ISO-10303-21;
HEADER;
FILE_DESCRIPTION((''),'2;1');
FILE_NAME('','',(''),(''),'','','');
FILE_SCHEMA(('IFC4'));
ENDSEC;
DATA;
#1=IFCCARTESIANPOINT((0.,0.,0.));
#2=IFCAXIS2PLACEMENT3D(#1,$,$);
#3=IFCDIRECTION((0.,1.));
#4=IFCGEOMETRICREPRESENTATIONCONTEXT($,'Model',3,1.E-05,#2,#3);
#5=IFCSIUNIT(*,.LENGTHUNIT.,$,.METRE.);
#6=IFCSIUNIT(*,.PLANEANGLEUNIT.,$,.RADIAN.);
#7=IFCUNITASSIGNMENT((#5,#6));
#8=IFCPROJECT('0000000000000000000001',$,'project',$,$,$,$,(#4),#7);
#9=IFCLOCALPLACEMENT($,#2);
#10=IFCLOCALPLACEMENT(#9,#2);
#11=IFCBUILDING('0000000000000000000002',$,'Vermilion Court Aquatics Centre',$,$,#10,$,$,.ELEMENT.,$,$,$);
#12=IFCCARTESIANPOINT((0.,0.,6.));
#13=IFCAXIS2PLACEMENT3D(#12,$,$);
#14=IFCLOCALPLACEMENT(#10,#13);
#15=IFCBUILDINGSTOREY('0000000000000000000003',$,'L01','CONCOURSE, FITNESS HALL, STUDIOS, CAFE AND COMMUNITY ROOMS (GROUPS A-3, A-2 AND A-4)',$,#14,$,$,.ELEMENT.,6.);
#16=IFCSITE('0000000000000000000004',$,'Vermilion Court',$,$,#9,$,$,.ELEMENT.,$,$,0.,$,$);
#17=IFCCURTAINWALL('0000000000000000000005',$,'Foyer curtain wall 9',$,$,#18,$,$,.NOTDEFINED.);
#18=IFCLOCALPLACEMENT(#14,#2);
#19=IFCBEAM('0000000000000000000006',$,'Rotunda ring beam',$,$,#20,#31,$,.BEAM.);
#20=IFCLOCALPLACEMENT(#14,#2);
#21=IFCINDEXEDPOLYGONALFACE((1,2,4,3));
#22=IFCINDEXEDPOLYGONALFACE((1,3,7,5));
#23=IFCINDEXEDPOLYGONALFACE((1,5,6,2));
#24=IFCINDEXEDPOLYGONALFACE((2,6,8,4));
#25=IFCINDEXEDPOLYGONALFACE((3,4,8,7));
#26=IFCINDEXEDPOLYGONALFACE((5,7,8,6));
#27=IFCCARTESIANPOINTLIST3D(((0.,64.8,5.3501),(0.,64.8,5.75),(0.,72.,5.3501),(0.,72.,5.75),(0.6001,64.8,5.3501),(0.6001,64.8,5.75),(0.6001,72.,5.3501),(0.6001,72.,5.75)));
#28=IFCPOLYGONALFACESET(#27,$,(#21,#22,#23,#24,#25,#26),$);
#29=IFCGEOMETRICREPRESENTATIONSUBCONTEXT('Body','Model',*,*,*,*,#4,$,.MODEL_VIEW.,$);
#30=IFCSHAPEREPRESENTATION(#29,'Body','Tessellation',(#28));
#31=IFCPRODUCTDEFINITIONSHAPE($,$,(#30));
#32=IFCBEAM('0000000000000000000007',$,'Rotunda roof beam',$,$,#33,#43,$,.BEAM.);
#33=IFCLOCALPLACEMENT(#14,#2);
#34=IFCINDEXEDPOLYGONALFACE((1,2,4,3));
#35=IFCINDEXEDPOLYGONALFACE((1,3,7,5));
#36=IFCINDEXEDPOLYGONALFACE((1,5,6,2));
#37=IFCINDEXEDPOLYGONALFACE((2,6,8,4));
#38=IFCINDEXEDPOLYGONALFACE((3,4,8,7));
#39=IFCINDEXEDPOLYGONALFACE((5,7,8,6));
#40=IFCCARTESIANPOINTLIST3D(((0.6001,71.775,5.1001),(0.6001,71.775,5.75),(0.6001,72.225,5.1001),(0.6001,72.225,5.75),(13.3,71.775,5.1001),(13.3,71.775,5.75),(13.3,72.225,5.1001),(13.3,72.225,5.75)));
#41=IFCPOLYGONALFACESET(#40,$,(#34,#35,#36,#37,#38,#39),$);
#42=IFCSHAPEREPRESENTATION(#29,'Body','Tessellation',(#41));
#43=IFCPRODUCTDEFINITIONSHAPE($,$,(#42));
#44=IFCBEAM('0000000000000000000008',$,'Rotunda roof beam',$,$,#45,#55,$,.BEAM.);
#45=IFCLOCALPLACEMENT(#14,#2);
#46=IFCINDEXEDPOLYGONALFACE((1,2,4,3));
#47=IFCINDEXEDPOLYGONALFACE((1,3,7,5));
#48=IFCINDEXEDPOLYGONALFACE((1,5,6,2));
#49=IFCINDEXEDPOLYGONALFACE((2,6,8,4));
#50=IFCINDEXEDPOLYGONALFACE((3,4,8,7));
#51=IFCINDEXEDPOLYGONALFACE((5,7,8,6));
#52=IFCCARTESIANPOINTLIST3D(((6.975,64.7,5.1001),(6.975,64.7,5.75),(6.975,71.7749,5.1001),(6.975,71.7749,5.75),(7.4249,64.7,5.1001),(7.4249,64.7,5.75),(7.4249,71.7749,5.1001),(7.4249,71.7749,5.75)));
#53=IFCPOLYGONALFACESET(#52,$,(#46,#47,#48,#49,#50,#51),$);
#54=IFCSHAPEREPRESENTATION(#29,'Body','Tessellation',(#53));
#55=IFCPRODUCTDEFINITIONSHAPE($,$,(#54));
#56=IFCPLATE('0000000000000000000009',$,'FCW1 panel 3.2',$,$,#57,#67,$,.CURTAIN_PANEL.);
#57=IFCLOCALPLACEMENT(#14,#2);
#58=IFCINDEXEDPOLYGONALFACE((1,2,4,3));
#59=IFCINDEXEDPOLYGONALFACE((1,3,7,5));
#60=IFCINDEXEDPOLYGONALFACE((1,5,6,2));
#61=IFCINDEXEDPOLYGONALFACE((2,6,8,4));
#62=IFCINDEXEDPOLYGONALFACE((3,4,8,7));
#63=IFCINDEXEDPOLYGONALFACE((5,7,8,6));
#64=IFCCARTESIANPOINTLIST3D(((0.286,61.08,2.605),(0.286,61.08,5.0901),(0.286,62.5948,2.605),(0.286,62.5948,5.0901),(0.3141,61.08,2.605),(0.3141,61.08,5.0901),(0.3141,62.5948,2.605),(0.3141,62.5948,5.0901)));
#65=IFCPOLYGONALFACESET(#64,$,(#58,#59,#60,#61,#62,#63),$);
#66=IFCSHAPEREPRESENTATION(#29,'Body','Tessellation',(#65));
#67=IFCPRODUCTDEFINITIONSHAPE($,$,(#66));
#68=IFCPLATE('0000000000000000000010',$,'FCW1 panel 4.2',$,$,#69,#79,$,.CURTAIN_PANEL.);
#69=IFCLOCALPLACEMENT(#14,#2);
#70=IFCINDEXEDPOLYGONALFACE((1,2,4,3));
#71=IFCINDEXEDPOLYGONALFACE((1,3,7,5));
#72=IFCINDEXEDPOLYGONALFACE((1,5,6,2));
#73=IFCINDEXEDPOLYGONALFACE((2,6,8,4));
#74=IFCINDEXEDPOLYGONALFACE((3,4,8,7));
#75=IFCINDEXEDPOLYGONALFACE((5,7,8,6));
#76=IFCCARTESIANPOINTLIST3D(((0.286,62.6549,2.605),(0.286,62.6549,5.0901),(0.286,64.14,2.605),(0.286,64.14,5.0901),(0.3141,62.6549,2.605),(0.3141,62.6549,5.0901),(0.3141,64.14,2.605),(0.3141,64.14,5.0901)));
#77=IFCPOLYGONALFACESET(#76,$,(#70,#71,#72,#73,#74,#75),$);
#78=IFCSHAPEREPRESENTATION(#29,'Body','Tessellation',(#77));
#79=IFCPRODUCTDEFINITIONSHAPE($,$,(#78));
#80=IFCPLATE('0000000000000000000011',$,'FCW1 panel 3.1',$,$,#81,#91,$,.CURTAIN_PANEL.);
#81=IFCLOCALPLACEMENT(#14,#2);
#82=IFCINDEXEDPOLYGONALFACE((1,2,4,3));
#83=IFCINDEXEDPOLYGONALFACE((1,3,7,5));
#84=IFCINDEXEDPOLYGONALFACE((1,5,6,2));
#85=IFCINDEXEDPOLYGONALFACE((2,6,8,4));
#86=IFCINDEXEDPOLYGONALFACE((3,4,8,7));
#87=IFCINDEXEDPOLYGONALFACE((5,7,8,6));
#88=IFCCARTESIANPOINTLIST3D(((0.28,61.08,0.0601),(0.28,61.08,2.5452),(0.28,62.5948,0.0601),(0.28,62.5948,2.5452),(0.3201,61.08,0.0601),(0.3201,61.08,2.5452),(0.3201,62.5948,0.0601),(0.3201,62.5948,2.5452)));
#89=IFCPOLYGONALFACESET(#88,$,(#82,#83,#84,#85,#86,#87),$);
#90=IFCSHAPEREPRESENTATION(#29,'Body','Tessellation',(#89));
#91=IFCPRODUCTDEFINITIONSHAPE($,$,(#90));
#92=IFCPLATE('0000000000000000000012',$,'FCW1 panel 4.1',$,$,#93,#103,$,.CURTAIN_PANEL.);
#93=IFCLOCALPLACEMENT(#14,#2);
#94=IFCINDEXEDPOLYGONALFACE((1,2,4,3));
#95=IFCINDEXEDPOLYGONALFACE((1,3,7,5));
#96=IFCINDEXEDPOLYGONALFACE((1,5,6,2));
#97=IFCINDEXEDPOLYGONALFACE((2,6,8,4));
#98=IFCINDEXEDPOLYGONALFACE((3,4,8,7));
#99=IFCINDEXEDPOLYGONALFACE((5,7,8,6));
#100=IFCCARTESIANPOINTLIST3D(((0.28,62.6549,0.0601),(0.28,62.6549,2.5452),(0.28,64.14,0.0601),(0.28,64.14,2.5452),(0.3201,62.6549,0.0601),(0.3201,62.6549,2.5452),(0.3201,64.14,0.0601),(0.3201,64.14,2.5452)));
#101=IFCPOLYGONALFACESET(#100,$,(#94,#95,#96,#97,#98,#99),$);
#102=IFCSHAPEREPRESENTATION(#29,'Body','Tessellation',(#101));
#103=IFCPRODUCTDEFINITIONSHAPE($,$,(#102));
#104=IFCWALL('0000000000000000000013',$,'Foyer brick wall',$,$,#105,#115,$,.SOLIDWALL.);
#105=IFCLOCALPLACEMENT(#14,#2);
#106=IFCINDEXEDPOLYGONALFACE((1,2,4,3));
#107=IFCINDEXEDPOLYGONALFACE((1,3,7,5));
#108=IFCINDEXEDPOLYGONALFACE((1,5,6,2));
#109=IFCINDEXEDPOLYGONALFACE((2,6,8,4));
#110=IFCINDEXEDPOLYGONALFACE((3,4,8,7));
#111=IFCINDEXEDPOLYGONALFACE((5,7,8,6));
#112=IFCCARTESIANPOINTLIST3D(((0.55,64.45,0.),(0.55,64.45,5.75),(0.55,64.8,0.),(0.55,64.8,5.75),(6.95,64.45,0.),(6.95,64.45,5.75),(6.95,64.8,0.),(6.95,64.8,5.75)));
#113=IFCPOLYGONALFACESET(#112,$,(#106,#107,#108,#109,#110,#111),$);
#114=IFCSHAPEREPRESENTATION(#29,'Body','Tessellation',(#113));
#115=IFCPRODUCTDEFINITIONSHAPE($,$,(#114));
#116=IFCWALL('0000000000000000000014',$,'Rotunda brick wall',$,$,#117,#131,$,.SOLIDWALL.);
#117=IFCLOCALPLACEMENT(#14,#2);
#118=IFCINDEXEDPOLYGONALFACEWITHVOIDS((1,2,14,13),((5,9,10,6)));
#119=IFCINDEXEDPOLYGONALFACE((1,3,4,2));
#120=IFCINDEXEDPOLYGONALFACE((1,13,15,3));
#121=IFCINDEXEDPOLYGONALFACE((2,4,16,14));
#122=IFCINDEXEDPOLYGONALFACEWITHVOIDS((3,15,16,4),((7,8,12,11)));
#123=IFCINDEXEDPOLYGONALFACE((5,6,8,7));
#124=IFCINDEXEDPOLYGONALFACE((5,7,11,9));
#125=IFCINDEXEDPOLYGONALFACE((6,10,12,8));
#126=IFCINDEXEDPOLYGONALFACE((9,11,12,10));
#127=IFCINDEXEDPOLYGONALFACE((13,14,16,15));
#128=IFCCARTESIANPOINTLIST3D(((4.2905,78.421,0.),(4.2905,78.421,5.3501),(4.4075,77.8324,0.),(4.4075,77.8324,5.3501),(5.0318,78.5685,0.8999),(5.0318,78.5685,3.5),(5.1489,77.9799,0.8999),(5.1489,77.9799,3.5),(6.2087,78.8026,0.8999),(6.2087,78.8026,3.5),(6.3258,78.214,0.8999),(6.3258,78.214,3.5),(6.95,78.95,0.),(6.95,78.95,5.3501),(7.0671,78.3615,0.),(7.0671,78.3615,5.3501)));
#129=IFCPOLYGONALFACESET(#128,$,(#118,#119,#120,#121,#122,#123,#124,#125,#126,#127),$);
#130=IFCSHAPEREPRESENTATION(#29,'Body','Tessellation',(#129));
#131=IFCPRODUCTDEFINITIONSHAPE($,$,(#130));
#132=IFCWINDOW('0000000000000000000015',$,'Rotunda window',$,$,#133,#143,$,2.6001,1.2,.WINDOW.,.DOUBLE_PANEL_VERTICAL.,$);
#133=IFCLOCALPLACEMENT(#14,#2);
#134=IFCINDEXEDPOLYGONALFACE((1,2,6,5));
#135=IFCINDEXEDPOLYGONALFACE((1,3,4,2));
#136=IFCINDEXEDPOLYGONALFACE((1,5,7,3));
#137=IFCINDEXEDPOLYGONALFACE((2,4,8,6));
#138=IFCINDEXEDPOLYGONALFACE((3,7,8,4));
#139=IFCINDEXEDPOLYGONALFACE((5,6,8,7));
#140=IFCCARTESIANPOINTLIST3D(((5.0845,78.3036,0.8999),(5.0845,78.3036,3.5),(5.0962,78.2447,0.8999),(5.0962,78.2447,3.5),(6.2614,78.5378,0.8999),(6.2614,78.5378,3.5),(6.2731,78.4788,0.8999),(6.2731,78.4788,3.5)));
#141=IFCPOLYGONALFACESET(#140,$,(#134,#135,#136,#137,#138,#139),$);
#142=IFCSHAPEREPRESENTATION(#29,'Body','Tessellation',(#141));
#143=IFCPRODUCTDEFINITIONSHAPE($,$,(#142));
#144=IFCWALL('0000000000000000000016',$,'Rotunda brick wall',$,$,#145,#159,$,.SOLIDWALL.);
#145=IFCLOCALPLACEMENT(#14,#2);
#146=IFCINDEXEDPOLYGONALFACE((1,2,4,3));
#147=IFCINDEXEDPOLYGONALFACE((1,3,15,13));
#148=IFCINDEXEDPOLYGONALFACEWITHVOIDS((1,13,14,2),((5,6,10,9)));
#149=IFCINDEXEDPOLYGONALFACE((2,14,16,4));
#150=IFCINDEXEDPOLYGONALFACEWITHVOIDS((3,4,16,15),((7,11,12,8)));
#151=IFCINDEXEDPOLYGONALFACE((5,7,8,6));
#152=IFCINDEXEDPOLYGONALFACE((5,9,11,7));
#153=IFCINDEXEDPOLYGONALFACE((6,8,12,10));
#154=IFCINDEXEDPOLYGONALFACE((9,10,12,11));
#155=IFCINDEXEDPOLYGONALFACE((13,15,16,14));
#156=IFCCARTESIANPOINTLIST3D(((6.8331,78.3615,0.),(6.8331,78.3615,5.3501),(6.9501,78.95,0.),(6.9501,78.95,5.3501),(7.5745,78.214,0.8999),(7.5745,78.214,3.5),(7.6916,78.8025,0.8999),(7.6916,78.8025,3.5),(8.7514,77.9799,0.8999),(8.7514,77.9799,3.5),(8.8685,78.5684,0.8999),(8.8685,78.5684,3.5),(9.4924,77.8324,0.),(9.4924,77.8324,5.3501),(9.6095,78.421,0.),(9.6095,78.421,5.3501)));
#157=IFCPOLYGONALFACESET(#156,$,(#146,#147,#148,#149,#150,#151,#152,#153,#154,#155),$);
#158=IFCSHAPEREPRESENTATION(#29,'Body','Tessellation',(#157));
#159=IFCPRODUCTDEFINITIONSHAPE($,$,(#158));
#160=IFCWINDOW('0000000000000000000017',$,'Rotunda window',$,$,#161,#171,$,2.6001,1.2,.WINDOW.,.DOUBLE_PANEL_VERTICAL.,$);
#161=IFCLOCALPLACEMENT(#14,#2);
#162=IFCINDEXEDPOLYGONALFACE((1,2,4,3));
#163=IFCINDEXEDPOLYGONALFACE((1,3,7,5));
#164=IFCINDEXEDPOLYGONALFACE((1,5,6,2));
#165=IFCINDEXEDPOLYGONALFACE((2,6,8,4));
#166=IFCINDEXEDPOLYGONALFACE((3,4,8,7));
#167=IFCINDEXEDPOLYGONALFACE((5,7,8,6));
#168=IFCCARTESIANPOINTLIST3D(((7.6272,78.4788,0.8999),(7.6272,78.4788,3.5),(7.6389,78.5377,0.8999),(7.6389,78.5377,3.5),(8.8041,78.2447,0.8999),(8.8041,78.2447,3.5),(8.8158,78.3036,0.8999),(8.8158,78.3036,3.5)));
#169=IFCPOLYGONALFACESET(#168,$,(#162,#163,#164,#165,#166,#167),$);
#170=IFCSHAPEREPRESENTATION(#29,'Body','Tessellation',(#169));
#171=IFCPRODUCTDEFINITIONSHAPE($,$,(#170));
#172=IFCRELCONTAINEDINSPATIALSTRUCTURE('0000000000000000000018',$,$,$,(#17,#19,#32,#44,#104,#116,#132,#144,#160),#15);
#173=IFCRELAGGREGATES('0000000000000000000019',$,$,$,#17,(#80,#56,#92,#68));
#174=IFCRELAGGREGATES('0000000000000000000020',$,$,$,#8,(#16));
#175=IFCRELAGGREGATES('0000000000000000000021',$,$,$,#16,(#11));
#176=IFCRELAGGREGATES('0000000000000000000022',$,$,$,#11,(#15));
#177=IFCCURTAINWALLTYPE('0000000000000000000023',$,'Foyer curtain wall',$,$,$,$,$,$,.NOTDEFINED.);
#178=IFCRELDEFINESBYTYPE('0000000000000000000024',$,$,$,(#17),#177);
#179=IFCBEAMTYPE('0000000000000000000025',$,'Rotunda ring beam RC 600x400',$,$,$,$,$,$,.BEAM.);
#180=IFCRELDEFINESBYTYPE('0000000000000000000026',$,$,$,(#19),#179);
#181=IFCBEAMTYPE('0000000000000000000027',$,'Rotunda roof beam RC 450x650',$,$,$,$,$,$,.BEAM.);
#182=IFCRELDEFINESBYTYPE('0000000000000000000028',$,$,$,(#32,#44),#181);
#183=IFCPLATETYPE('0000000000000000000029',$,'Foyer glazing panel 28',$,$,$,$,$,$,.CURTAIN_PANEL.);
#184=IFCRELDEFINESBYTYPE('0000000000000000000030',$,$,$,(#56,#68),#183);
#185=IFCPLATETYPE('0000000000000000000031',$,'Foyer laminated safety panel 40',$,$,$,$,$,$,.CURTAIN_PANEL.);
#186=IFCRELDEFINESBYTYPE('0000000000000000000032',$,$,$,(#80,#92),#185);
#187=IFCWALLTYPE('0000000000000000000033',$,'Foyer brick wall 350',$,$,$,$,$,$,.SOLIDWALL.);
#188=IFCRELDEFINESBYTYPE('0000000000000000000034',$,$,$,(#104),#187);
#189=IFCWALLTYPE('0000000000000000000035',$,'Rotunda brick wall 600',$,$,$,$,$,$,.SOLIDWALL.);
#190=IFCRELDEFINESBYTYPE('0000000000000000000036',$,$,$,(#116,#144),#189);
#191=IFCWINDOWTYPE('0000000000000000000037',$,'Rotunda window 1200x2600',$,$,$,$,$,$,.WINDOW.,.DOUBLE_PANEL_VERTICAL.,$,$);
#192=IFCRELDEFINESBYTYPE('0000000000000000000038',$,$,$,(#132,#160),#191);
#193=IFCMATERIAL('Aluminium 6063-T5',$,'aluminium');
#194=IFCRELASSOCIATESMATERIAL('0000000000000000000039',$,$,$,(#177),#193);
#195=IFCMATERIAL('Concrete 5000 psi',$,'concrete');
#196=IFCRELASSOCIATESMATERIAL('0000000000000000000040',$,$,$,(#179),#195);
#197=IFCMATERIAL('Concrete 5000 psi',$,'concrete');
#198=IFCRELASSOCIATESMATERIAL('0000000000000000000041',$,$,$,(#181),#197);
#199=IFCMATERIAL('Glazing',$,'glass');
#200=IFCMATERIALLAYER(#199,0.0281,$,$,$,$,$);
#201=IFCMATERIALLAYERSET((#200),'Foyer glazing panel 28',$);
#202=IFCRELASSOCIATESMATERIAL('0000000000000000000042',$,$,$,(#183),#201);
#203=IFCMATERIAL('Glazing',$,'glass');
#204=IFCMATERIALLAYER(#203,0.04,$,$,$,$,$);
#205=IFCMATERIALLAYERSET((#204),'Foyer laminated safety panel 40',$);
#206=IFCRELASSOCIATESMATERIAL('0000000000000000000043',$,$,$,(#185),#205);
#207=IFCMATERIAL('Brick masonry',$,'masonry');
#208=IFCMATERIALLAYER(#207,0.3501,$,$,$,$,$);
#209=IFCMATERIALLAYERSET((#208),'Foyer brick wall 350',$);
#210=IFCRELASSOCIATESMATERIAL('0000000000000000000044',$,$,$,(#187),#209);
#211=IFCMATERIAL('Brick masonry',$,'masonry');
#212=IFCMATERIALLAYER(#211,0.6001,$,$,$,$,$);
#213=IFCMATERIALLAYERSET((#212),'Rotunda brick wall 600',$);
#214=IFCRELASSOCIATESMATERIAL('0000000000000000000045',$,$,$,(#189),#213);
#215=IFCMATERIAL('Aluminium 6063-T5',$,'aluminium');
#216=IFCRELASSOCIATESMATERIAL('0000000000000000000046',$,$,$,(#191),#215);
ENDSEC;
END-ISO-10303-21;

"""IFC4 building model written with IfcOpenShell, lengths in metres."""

from ifc_helpers import new_model, si_unit, direction, frame, frame_2d, origin, origin_2d, place, context, subcontext, project, spatial, rectangle, extrude, material, layer, layer_set, material_profile, profile_set, type_object, element, fill, aggregate, save


model = new_model("IFC4")

# Units and contexts
model_context = context("Model", 3, precision=1e-05, world=origin(), true_north=direction((0.0, 1.0)))
body_context = subcontext(model_context, "Body", "Model", "MODEL_VIEW")
ifc_project = project(units=[si_unit("LENGTHUNIT", "METRE"), si_unit("PLANEANGLEUNIT", "RADIAN")], contexts=[model_context])

# Site, building, storey
site_placement = place(None, origin())
site = spatial("IfcSite", under=ifc_project, at=site_placement, Name="Vermilion Court", CompositionType="ELEMENT", RefElevation=0.0)
building_placement = place(site_placement, origin())
building = spatial("IfcBuilding", under=site, at=building_placement, Name="Vermilion Court Aquatics Centre", CompositionType="ELEMENT")
storey_placement = place(building_placement, frame((0.0, 0.0, 6.0)))
storey = spatial("IfcBuildingStorey", under=building, at=storey_placement, Name="L01", Description="CONCOURSE, FITNESS HALL, STUDIOS, CAFE AND COMMUNITY ROOMS (GROUPS A-3, A-2 AND A-4)", CompositionType="ELEMENT", Elevation=6.0)

# Curtain wall
ifc_material_1 = material(Name="Aluminium 6063-T5", Category="aluminium")
curtain_wall_type = type_object("IfcCurtainWallType", Name="Foyer curtain wall", PredefinedType="NOTDEFINED", material=ifc_material_1)
curtain_wall_placement = place(storey_placement, origin())
curtain_wall = element("IfcCurtainWall", 1, at=curtain_wall_placement, inside=storey, type_object=curtain_wall_type, Name="Foyer curtain wall 9", PredefinedType="NOTDEFINED")

# Beams
ifc_material_2 = material(Name="Concrete 5000 psi", Category="concrete")
ifc_material_profile_1 = material_profile(ifc_material_2, rectangle(XDim=0.6001, YDim=0.3999, at=origin_2d()), Name="RC 600x400")
ifc_profile_set_1 = profile_set([ifc_material_profile_1], Name="Concrete 5000 psi")
beam_type_1 = type_object("IfcBeamType", Name="Rotunda ring beam RC 600x400", PredefinedType="BEAM", material=ifc_profile_set_1)
beam_1_placement = place(storey_placement, frame((0.3, 64.8, 5.55), z_axis=(0.0, 1.0, 0.0), x_axis=(-1.0, 0.0, 0.0)))
element("IfcBeam", 2, at=beam_1_placement, inside=storey, type_object=beam_type_1, Name="Rotunda ring beam", PredefinedType="BEAM", context=body_context, shape_type="SweptSolid", body=[
    extrude(rectangle(XDim=0.6001, YDim=0.3999, at=origin_2d()), origin(), (0.0, 0.0, 1.0), 7.2),
])
ifc_material_3 = material(Name="Concrete 5000 psi", Category="concrete")
ifc_material_profile_2 = material_profile(ifc_material_3, rectangle(XDim=0.45, YDim=0.6499, at=origin_2d()), Name="RC 450x650")
ifc_profile_set_2 = profile_set([ifc_material_profile_2], Name="Concrete 5000 psi")
beam_type_2 = type_object("IfcBeamType", Name="Rotunda roof beam RC 450x650", PredefinedType="BEAM", material=ifc_profile_set_2)
beam_2_placement = place(storey_placement, frame((0.6001, 72.0, 5.425), z_axis=(1.0, 0.0, 0.0), x_axis=(0.0, 1.0, 0.0)))
element("IfcBeam", 3, at=beam_2_placement, inside=storey, type_object=beam_type_2, Name="Rotunda roof beam", PredefinedType="BEAM", context=body_context, shape_type="SweptSolid", body=[
    extrude(rectangle(XDim=0.45, YDim=0.6499, at=origin_2d()), origin(), (0.0, 0.0, 1.0), 12.7),
])
beam_3_placement = place(storey_placement, frame((7.2, 64.7, 5.425), z_axis=(0.0, 1.0, 0.0), x_axis=(-1.0, 0.0, 0.0)))
element("IfcBeam", 4, at=beam_3_placement, inside=storey, type_object=beam_type_2, Name="Rotunda roof beam", PredefinedType="BEAM", context=body_context, shape_type="SweptSolid", body=[
    extrude(rectangle(XDim=0.45, YDim=0.6499, at=origin_2d()), origin(), (0.0, 0.0, 1.0), 7.075),
])

# Plates
ifc_material_4 = material(Name="Glazing", Category="glass")
ifc_layer_1 = layer(ifc_material_4, 0.0281)
ifc_layer_set_1 = layer_set([ifc_layer_1], Name="Foyer glazing panel 28")
plate_type_1 = type_object("IfcPlateType", Name="Foyer glazing panel 28", PredefinedType="CURTAIN_PANEL", material=ifc_layer_set_1)
plate_1_placement = place(storey_placement, frame((0.3, 61.8374, 2.605), z_axis=(0.0, 0.0, 1.0), x_axis=(0.0, 1.0, 0.0)))
plate_1 = element("IfcPlate", 5, at=plate_1_placement, type_object=plate_type_1, Name="FCW1 panel 3.2", PredefinedType="CURTAIN_PANEL", context=body_context, shape_type="SweptSolid", body=[
    extrude(rectangle(XDim=1.5149, YDim=0.0281, at=origin_2d()), origin(), (0.0, 0.0, 1.0), 2.4851),
])
plate_2_placement = place(storey_placement, frame((0.3, 63.3975, 2.605), z_axis=(0.0, 0.0, 1.0), x_axis=(0.0, 1.0, 0.0)))
plate_2 = element("IfcPlate", 6, at=plate_2_placement, type_object=plate_type_1, Name="FCW1 panel 4.2", PredefinedType="CURTAIN_PANEL", context=body_context, shape_type="SweptSolid", body=[
    extrude(rectangle(XDim=1.4851, YDim=0.0281, at=origin_2d()), origin(), (0.0, 0.0, 1.0), 2.4851),
])
ifc_material_5 = material(Name="Glazing", Category="glass")
ifc_layer_2 = layer(ifc_material_5, 0.04)
ifc_layer_set_2 = layer_set([ifc_layer_2], Name="Foyer laminated safety panel 40")
plate_type_2 = type_object("IfcPlateType", Name="Foyer laminated safety panel 40", PredefinedType="CURTAIN_PANEL", material=ifc_layer_set_2)
plate_3_placement = place(storey_placement, frame((0.3, 61.8374, 0.0601), z_axis=(0.0, 0.0, 1.0), x_axis=(0.0, 1.0, 0.0)))
plate_3 = element("IfcPlate", 7, at=plate_3_placement, type_object=plate_type_2, Name="FCW1 panel 3.1", PredefinedType="CURTAIN_PANEL", context=body_context, shape_type="SweptSolid", body=[
    extrude(rectangle(XDim=1.5149, YDim=0.04, at=origin_2d()), origin(), (0.0, 0.0, 1.0), 2.4851),
])
plate_4_placement = place(storey_placement, frame((0.3, 63.3975, 0.0601), z_axis=(0.0, 0.0, 1.0), x_axis=(0.0, 1.0, 0.0)))
plate_4 = element("IfcPlate", 8, at=plate_4_placement, type_object=plate_type_2, Name="FCW1 panel 4.1", PredefinedType="CURTAIN_PANEL", context=body_context, shape_type="SweptSolid", body=[
    extrude(rectangle(XDim=1.4851, YDim=0.04, at=origin_2d()), origin(), (0.0, 0.0, 1.0), 2.4851),
])
aggregate(curtain_wall, [plate_3, plate_1, plate_4, plate_2])

# Wall
ifc_material_6 = material(Name="Brick masonry", Category="masonry")
ifc_layer_3 = layer(ifc_material_6, 0.3501)
ifc_layer_set_3 = layer_set([ifc_layer_3], Name="Foyer brick wall 350")
wall_type_1 = type_object("IfcWallType", Name="Foyer brick wall 350", PredefinedType="SOLIDWALL", material=ifc_layer_set_3)
wall_1_placement = place(storey_placement, frame((0.55, 64.625, 0.0), z_axis=(0.0, 0.0, 1.0), x_axis=(1.0, 0.0, 0.0)))
element("IfcWall", 9, at=wall_1_placement, inside=storey, type_object=wall_type_1, Name="Foyer brick wall", PredefinedType="SOLIDWALL", context=body_context, shape_type="SweptSolid", body=[
    extrude(rectangle(XDim=6.3999, YDim=0.3501, at=frame_2d((3.2, 0.0))), origin(), (0.0, 0.0, 1.0), 5.75),
])

# Walls, openings, windows
ifc_material_7 = material(Name="Brick masonry", Category="masonry")
ifc_layer_4 = layer(ifc_material_7, 0.6001)
ifc_layer_set_4 = layer_set([ifc_layer_4], Name="Rotunda brick wall 600")
wall_type_2 = type_object("IfcWallType", Name="Rotunda brick wall 600", PredefinedType="SOLIDWALL", material=ifc_layer_set_4)
wall_2_placement = place(storey_placement, frame((4.3489, 78.1267, 0.0), z_axis=(0.0, 0.0, 1.0), x_axis=(0.980784, 0.195095, 0.0)))
wall_2 = element("IfcWall", 10, at=wall_2_placement, inside=storey, type_object=wall_type_2, Name="Rotunda brick wall", PredefinedType="SOLIDWALL", context=body_context, shape_type="SweptSolid", body=[
    extrude(rectangle(XDim=2.7117, YDim=0.6001, at=frame_2d((1.356, 0.0))), origin(), (0.0, 0.0, 1.0), 5.3501),
])
opening_1_placement = place(wall_2_placement, frame((0.7559, 0.0, 0.8999)))
opening_1 = element("IfcOpeningElement", 11, at=opening_1_placement, cuts=wall_2, PredefinedType="OPENING", context=body_context, shape_type="SweptSolid", body=[
    extrude(rectangle(XDim=1.2, YDim=2.6001, at=frame_2d((0.6001, 1.3))), frame((0.0, 0.3101, 0.0), z_axis=(0.0, -1.0, 0.0), x_axis=(1.0, 0.0, 0.0)), (0.0, 0.0, 1.0), 0.6201),
])
ifc_material_8 = material(Name="Aluminium 6063-T5", Category="aluminium")
window_type = type_object("IfcWindowType", Name="Rotunda window 1200x2600", PartitioningType="DOUBLE_PANEL_VERTICAL", PredefinedType="WINDOW", material=ifc_material_8)
window_1_placement = place(opening_1_placement, origin())
window_1 = element("IfcWindow", 12, at=window_1_placement, inside=storey, type_object=window_type, Name="Rotunda window", OverallHeight=2.6001, OverallWidth=1.2, PartitioningType="DOUBLE_PANEL_VERTICAL", PredefinedType="WINDOW", context=body_context, shape_type="SweptSolid", body=[
    extrude(rectangle(XDim=1.2, YDim=2.6001, at=frame_2d((0.6001, 1.3))), frame((0.0, 0.03, 0.0), z_axis=(0.0, -1.0, 0.0), x_axis=(1.0, 0.0, 0.0)), (0.0, 0.0, 1.0), 0.0601),
])
fill(opening_1, window_1)
wall_3_placement = place(storey_placement, frame((6.8916, 78.6558, 0.0), z_axis=(0.0, 0.0, 1.0), x_axis=(0.980781, -0.195112, 0.0)))
wall_3 = element("IfcWall", 13, at=wall_3_placement, inside=storey, type_object=wall_type_2, Name="Rotunda brick wall", PredefinedType="SOLIDWALL", context=body_context, shape_type="SweptSolid", body=[
    extrude(rectangle(XDim=2.7114, YDim=0.6001, at=frame_2d((1.3557, 0.0))), origin(), (0.0, 0.0, 1.0), 5.3501),
])
opening_2_placement = place(wall_3_placement, frame((0.7559, 0.0, 0.8999)))
opening_2 = element("IfcOpeningElement", 14, at=opening_2_placement, cuts=wall_3, PredefinedType="OPENING", context=body_context, shape_type="SweptSolid", body=[
    extrude(rectangle(XDim=1.2, YDim=2.6001, at=frame_2d((0.6001, 1.3))), frame((0.0, 0.3101, 0.0), z_axis=(0.0, -1.0, 0.0), x_axis=(1.0, 0.0, 0.0)), (0.0, 0.0, 1.0), 0.6201),
])
window_2_placement = place(opening_2_placement, origin())
window_2 = element("IfcWindow", 15, at=window_2_placement, inside=storey, type_object=window_type, Name="Rotunda window", OverallHeight=2.6001, OverallWidth=1.2, PartitioningType="DOUBLE_PANEL_VERTICAL", PredefinedType="WINDOW", context=body_context, shape_type="SweptSolid", body=[
    extrude(rectangle(XDim=1.2, YDim=2.6001, at=frame_2d((0.6001, 1.3))), frame((0.0, 0.03, 0.0), z_axis=(0.0, -1.0, 0.0), x_axis=(1.0, 0.0, 0.0)), (0.0, 0.0, 1.0), 0.0601),
])
fill(opening_2, window_2)

save(model, "model.ifc")
